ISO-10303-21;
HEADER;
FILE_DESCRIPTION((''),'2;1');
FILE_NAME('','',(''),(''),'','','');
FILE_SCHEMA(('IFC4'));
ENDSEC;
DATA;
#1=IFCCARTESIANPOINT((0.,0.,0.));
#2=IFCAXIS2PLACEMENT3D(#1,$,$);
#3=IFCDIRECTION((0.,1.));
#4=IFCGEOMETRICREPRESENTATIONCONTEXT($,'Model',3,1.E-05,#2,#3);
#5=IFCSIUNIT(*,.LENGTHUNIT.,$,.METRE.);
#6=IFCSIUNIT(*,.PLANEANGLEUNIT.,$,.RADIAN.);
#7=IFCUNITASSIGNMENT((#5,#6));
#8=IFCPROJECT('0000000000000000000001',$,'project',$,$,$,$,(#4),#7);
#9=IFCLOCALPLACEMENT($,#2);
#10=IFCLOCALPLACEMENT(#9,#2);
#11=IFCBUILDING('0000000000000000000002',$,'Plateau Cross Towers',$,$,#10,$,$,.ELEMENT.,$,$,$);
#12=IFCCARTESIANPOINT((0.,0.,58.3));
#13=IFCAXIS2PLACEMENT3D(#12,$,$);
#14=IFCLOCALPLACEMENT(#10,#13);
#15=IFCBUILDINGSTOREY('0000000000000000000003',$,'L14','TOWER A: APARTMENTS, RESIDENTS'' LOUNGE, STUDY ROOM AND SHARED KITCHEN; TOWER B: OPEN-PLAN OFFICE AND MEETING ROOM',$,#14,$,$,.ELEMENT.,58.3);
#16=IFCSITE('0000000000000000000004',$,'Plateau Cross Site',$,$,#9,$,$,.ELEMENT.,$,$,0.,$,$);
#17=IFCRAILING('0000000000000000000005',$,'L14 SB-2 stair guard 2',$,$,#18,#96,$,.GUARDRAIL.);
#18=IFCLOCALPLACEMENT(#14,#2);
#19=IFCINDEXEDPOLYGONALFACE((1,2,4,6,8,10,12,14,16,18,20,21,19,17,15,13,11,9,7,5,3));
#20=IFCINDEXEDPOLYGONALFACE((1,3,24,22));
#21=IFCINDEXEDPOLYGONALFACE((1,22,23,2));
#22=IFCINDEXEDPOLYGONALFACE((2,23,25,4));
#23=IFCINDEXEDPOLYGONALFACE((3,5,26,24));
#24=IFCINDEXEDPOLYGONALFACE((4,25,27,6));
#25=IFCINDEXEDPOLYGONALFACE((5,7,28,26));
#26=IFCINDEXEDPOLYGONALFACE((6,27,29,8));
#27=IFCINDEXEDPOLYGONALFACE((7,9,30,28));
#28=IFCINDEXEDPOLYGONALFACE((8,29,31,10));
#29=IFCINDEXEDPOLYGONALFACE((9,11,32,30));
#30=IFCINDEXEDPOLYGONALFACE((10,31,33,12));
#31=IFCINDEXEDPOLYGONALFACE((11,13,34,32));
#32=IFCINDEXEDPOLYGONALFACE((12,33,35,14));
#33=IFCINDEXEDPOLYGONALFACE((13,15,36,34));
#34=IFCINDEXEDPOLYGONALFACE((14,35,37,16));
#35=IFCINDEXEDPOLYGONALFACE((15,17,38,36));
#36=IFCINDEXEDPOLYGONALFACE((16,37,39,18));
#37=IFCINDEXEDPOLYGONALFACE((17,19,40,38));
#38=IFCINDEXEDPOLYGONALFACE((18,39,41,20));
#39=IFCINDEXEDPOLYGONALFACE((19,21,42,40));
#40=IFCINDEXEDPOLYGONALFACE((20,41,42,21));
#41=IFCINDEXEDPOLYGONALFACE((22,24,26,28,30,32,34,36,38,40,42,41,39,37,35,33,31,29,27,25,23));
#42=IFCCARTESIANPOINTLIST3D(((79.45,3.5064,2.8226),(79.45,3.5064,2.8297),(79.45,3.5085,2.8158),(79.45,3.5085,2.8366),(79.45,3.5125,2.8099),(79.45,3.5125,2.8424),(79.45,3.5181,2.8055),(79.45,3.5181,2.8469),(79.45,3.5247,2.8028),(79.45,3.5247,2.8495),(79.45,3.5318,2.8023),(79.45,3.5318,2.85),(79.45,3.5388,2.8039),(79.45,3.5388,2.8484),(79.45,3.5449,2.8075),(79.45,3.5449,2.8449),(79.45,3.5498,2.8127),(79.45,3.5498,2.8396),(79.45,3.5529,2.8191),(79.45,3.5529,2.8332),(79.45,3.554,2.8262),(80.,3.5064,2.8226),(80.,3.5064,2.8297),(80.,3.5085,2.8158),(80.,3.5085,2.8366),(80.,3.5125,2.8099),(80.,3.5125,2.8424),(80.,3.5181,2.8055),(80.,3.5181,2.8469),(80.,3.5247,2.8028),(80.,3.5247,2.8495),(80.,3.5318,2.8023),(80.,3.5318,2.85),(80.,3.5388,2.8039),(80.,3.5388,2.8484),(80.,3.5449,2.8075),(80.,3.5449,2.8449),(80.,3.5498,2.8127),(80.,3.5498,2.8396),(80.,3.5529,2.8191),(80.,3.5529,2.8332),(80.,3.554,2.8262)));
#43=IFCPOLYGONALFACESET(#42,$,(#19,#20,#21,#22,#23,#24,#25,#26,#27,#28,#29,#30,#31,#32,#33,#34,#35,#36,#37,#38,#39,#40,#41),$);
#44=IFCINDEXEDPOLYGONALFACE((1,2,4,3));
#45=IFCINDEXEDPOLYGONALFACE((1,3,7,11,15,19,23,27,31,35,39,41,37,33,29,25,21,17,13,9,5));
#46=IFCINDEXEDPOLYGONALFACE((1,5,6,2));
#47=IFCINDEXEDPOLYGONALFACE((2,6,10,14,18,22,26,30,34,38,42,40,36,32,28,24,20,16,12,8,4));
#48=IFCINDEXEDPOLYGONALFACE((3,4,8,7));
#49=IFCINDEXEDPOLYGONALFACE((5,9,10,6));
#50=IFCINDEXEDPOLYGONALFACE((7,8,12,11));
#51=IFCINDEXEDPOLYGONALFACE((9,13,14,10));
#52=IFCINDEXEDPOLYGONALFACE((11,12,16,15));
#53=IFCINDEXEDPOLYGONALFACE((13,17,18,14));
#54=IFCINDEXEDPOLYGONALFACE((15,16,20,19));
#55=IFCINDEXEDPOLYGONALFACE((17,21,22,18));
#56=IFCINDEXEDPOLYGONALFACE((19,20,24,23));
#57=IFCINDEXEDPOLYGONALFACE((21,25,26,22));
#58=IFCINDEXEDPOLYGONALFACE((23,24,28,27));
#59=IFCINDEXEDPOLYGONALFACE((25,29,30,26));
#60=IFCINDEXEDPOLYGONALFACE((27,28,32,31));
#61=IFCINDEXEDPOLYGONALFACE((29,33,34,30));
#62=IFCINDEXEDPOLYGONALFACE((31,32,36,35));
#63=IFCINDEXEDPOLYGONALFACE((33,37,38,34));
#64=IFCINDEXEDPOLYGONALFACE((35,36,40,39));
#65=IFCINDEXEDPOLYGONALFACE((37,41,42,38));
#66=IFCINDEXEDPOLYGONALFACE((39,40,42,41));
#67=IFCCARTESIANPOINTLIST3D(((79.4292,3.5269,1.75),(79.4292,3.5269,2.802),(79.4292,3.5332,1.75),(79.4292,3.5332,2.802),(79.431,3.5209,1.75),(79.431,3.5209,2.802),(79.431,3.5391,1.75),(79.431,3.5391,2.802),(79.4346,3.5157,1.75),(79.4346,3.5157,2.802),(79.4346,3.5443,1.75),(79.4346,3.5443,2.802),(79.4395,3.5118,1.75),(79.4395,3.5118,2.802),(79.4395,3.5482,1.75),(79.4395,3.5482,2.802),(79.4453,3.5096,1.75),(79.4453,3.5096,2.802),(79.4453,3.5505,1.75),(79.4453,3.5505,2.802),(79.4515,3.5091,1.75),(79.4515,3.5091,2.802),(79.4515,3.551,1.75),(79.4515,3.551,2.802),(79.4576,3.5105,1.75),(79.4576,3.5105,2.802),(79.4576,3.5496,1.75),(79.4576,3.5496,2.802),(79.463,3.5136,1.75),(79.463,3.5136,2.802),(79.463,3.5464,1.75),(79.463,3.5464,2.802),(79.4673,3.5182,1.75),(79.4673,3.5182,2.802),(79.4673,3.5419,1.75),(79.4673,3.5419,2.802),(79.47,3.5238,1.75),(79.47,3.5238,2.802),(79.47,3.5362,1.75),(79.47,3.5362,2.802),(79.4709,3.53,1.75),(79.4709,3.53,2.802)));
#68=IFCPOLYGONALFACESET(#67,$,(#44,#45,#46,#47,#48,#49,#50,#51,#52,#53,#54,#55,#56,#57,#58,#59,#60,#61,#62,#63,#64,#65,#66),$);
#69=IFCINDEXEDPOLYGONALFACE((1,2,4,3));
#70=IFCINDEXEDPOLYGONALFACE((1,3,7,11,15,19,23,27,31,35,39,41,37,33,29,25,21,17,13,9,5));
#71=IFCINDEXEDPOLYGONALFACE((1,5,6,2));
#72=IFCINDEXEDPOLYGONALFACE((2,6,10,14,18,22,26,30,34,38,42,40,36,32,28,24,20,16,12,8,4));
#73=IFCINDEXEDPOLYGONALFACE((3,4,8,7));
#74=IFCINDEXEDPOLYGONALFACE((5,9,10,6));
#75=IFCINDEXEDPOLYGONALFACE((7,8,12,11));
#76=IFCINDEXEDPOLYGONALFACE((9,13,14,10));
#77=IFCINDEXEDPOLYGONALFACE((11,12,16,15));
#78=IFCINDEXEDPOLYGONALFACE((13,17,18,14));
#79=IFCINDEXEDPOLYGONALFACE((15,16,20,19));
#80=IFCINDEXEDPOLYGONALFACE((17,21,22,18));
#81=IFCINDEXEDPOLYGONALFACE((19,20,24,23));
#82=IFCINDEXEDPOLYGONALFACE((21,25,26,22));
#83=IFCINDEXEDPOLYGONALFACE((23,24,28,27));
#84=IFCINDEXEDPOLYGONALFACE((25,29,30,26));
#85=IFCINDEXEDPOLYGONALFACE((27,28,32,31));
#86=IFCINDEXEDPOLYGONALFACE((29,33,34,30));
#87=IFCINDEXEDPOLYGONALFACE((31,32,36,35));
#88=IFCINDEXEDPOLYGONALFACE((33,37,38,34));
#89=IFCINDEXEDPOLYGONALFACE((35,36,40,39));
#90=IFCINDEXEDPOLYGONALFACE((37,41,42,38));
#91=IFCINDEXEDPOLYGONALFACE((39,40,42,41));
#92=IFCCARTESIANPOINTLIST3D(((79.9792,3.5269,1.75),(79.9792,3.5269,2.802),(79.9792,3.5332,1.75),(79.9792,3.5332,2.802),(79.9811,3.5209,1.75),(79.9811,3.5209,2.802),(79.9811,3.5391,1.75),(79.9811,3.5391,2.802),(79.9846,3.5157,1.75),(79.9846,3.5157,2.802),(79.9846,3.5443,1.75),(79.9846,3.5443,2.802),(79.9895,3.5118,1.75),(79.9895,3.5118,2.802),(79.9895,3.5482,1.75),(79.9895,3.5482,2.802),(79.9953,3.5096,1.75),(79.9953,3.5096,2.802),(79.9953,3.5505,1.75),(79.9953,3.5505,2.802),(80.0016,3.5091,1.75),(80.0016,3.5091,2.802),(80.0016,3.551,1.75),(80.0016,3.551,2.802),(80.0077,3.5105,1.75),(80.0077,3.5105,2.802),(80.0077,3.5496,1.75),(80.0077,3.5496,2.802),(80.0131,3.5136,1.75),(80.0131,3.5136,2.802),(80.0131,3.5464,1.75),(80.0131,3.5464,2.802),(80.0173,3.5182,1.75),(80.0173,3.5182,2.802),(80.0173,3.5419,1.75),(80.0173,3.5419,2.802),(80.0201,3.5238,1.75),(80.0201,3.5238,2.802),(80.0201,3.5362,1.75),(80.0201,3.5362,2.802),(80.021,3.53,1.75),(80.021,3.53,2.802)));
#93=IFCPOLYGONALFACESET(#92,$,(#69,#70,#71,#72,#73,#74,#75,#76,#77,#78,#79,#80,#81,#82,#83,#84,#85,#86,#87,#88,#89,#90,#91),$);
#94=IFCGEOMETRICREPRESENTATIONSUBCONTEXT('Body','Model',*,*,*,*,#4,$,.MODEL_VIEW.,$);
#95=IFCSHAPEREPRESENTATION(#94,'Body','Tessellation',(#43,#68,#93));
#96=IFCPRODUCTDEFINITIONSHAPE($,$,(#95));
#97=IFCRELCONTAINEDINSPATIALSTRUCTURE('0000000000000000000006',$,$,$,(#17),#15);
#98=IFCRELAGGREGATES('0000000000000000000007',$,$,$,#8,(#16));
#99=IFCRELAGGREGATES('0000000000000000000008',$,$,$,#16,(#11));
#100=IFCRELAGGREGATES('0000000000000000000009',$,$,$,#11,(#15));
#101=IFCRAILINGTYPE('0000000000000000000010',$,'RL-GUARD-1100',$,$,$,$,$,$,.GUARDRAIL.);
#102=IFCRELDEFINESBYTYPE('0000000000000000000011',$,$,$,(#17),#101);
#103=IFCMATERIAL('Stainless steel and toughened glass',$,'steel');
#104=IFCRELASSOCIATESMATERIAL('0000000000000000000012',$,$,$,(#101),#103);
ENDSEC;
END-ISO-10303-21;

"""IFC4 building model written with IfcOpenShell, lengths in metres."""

from ifc_helpers import new_model, si_unit, direction, frame, origin, origin_2d, place, context, subcontext, project, spatial, circle, extrude, material, type_object, element, save


model = new_model("IFC4")

# Units and contexts
model_context = context("Model", 3, precision=1e-05, world=origin(), true_north=direction((0.0, 1.0)))
body_context = subcontext(model_context, "Body", "Model", "MODEL_VIEW")
ifc_project = project(units=[si_unit("LENGTHUNIT", "METRE"), si_unit("PLANEANGLEUNIT", "RADIAN")], contexts=[model_context])

# Site, building, storey
site_placement = place(None, origin())
site = spatial("IfcSite", under=ifc_project, at=site_placement, Name="Plateau Cross Site", CompositionType="ELEMENT", RefElevation=0.0)
building_placement = place(site_placement, origin())
building = spatial("IfcBuilding", under=site, at=building_placement, Name="Plateau Cross Towers", CompositionType="ELEMENT")
storey_placement = place(building_placement, frame((0.0, 0.0, 58.3)))
storey = spatial("IfcBuildingStorey", under=building, at=storey_placement, Name="L14", Description="TOWER A: APARTMENTS, RESIDENTS' LOUNGE, STUDY ROOM AND SHARED KITCHEN; TOWER B: OPEN-PLAN OFFICE AND MEETING ROOM", CompositionType="ELEMENT", Elevation=58.3)

# Railing
ifc_material_1 = material(Name="Stainless steel and toughened glass", Category="steel")
railing_type_1 = type_object("IfcRailingType", Name="RL-GUARD-1100", PredefinedType="GUARDRAIL", material=ifc_material_1)
railing_1_placement = place(storey_placement, frame((79.45, 3.53, 1.75)))
element("IfcRailing", 1, at=railing_1_placement, inside=storey, type_object=railing_type_1, Name="L14 SB-2 stair guard 2", PredefinedType="GUARDRAIL", context=body_context, shape_type="SweptSolid", body=[
    extrude(circle(Radius=0.0239, at=origin_2d()), frame((0.0, 0.0, 1.0762), z_axis=(1.0, 0.0, 0.0), x_axis=(0.0, 1.0, 0.0)), (0.0, 0.0, 1.0), 0.55),
    extrude(circle(Radius=0.021, at=origin_2d()), origin(), (0.0, 0.0, 1.0), 1.052),
    extrude(circle(Radius=0.021, at=origin_2d()), frame((0.55, 0.0, 0.0)), (0.0, 0.0, 1.0), 1.052),
])

save(model, "model.ifc")
